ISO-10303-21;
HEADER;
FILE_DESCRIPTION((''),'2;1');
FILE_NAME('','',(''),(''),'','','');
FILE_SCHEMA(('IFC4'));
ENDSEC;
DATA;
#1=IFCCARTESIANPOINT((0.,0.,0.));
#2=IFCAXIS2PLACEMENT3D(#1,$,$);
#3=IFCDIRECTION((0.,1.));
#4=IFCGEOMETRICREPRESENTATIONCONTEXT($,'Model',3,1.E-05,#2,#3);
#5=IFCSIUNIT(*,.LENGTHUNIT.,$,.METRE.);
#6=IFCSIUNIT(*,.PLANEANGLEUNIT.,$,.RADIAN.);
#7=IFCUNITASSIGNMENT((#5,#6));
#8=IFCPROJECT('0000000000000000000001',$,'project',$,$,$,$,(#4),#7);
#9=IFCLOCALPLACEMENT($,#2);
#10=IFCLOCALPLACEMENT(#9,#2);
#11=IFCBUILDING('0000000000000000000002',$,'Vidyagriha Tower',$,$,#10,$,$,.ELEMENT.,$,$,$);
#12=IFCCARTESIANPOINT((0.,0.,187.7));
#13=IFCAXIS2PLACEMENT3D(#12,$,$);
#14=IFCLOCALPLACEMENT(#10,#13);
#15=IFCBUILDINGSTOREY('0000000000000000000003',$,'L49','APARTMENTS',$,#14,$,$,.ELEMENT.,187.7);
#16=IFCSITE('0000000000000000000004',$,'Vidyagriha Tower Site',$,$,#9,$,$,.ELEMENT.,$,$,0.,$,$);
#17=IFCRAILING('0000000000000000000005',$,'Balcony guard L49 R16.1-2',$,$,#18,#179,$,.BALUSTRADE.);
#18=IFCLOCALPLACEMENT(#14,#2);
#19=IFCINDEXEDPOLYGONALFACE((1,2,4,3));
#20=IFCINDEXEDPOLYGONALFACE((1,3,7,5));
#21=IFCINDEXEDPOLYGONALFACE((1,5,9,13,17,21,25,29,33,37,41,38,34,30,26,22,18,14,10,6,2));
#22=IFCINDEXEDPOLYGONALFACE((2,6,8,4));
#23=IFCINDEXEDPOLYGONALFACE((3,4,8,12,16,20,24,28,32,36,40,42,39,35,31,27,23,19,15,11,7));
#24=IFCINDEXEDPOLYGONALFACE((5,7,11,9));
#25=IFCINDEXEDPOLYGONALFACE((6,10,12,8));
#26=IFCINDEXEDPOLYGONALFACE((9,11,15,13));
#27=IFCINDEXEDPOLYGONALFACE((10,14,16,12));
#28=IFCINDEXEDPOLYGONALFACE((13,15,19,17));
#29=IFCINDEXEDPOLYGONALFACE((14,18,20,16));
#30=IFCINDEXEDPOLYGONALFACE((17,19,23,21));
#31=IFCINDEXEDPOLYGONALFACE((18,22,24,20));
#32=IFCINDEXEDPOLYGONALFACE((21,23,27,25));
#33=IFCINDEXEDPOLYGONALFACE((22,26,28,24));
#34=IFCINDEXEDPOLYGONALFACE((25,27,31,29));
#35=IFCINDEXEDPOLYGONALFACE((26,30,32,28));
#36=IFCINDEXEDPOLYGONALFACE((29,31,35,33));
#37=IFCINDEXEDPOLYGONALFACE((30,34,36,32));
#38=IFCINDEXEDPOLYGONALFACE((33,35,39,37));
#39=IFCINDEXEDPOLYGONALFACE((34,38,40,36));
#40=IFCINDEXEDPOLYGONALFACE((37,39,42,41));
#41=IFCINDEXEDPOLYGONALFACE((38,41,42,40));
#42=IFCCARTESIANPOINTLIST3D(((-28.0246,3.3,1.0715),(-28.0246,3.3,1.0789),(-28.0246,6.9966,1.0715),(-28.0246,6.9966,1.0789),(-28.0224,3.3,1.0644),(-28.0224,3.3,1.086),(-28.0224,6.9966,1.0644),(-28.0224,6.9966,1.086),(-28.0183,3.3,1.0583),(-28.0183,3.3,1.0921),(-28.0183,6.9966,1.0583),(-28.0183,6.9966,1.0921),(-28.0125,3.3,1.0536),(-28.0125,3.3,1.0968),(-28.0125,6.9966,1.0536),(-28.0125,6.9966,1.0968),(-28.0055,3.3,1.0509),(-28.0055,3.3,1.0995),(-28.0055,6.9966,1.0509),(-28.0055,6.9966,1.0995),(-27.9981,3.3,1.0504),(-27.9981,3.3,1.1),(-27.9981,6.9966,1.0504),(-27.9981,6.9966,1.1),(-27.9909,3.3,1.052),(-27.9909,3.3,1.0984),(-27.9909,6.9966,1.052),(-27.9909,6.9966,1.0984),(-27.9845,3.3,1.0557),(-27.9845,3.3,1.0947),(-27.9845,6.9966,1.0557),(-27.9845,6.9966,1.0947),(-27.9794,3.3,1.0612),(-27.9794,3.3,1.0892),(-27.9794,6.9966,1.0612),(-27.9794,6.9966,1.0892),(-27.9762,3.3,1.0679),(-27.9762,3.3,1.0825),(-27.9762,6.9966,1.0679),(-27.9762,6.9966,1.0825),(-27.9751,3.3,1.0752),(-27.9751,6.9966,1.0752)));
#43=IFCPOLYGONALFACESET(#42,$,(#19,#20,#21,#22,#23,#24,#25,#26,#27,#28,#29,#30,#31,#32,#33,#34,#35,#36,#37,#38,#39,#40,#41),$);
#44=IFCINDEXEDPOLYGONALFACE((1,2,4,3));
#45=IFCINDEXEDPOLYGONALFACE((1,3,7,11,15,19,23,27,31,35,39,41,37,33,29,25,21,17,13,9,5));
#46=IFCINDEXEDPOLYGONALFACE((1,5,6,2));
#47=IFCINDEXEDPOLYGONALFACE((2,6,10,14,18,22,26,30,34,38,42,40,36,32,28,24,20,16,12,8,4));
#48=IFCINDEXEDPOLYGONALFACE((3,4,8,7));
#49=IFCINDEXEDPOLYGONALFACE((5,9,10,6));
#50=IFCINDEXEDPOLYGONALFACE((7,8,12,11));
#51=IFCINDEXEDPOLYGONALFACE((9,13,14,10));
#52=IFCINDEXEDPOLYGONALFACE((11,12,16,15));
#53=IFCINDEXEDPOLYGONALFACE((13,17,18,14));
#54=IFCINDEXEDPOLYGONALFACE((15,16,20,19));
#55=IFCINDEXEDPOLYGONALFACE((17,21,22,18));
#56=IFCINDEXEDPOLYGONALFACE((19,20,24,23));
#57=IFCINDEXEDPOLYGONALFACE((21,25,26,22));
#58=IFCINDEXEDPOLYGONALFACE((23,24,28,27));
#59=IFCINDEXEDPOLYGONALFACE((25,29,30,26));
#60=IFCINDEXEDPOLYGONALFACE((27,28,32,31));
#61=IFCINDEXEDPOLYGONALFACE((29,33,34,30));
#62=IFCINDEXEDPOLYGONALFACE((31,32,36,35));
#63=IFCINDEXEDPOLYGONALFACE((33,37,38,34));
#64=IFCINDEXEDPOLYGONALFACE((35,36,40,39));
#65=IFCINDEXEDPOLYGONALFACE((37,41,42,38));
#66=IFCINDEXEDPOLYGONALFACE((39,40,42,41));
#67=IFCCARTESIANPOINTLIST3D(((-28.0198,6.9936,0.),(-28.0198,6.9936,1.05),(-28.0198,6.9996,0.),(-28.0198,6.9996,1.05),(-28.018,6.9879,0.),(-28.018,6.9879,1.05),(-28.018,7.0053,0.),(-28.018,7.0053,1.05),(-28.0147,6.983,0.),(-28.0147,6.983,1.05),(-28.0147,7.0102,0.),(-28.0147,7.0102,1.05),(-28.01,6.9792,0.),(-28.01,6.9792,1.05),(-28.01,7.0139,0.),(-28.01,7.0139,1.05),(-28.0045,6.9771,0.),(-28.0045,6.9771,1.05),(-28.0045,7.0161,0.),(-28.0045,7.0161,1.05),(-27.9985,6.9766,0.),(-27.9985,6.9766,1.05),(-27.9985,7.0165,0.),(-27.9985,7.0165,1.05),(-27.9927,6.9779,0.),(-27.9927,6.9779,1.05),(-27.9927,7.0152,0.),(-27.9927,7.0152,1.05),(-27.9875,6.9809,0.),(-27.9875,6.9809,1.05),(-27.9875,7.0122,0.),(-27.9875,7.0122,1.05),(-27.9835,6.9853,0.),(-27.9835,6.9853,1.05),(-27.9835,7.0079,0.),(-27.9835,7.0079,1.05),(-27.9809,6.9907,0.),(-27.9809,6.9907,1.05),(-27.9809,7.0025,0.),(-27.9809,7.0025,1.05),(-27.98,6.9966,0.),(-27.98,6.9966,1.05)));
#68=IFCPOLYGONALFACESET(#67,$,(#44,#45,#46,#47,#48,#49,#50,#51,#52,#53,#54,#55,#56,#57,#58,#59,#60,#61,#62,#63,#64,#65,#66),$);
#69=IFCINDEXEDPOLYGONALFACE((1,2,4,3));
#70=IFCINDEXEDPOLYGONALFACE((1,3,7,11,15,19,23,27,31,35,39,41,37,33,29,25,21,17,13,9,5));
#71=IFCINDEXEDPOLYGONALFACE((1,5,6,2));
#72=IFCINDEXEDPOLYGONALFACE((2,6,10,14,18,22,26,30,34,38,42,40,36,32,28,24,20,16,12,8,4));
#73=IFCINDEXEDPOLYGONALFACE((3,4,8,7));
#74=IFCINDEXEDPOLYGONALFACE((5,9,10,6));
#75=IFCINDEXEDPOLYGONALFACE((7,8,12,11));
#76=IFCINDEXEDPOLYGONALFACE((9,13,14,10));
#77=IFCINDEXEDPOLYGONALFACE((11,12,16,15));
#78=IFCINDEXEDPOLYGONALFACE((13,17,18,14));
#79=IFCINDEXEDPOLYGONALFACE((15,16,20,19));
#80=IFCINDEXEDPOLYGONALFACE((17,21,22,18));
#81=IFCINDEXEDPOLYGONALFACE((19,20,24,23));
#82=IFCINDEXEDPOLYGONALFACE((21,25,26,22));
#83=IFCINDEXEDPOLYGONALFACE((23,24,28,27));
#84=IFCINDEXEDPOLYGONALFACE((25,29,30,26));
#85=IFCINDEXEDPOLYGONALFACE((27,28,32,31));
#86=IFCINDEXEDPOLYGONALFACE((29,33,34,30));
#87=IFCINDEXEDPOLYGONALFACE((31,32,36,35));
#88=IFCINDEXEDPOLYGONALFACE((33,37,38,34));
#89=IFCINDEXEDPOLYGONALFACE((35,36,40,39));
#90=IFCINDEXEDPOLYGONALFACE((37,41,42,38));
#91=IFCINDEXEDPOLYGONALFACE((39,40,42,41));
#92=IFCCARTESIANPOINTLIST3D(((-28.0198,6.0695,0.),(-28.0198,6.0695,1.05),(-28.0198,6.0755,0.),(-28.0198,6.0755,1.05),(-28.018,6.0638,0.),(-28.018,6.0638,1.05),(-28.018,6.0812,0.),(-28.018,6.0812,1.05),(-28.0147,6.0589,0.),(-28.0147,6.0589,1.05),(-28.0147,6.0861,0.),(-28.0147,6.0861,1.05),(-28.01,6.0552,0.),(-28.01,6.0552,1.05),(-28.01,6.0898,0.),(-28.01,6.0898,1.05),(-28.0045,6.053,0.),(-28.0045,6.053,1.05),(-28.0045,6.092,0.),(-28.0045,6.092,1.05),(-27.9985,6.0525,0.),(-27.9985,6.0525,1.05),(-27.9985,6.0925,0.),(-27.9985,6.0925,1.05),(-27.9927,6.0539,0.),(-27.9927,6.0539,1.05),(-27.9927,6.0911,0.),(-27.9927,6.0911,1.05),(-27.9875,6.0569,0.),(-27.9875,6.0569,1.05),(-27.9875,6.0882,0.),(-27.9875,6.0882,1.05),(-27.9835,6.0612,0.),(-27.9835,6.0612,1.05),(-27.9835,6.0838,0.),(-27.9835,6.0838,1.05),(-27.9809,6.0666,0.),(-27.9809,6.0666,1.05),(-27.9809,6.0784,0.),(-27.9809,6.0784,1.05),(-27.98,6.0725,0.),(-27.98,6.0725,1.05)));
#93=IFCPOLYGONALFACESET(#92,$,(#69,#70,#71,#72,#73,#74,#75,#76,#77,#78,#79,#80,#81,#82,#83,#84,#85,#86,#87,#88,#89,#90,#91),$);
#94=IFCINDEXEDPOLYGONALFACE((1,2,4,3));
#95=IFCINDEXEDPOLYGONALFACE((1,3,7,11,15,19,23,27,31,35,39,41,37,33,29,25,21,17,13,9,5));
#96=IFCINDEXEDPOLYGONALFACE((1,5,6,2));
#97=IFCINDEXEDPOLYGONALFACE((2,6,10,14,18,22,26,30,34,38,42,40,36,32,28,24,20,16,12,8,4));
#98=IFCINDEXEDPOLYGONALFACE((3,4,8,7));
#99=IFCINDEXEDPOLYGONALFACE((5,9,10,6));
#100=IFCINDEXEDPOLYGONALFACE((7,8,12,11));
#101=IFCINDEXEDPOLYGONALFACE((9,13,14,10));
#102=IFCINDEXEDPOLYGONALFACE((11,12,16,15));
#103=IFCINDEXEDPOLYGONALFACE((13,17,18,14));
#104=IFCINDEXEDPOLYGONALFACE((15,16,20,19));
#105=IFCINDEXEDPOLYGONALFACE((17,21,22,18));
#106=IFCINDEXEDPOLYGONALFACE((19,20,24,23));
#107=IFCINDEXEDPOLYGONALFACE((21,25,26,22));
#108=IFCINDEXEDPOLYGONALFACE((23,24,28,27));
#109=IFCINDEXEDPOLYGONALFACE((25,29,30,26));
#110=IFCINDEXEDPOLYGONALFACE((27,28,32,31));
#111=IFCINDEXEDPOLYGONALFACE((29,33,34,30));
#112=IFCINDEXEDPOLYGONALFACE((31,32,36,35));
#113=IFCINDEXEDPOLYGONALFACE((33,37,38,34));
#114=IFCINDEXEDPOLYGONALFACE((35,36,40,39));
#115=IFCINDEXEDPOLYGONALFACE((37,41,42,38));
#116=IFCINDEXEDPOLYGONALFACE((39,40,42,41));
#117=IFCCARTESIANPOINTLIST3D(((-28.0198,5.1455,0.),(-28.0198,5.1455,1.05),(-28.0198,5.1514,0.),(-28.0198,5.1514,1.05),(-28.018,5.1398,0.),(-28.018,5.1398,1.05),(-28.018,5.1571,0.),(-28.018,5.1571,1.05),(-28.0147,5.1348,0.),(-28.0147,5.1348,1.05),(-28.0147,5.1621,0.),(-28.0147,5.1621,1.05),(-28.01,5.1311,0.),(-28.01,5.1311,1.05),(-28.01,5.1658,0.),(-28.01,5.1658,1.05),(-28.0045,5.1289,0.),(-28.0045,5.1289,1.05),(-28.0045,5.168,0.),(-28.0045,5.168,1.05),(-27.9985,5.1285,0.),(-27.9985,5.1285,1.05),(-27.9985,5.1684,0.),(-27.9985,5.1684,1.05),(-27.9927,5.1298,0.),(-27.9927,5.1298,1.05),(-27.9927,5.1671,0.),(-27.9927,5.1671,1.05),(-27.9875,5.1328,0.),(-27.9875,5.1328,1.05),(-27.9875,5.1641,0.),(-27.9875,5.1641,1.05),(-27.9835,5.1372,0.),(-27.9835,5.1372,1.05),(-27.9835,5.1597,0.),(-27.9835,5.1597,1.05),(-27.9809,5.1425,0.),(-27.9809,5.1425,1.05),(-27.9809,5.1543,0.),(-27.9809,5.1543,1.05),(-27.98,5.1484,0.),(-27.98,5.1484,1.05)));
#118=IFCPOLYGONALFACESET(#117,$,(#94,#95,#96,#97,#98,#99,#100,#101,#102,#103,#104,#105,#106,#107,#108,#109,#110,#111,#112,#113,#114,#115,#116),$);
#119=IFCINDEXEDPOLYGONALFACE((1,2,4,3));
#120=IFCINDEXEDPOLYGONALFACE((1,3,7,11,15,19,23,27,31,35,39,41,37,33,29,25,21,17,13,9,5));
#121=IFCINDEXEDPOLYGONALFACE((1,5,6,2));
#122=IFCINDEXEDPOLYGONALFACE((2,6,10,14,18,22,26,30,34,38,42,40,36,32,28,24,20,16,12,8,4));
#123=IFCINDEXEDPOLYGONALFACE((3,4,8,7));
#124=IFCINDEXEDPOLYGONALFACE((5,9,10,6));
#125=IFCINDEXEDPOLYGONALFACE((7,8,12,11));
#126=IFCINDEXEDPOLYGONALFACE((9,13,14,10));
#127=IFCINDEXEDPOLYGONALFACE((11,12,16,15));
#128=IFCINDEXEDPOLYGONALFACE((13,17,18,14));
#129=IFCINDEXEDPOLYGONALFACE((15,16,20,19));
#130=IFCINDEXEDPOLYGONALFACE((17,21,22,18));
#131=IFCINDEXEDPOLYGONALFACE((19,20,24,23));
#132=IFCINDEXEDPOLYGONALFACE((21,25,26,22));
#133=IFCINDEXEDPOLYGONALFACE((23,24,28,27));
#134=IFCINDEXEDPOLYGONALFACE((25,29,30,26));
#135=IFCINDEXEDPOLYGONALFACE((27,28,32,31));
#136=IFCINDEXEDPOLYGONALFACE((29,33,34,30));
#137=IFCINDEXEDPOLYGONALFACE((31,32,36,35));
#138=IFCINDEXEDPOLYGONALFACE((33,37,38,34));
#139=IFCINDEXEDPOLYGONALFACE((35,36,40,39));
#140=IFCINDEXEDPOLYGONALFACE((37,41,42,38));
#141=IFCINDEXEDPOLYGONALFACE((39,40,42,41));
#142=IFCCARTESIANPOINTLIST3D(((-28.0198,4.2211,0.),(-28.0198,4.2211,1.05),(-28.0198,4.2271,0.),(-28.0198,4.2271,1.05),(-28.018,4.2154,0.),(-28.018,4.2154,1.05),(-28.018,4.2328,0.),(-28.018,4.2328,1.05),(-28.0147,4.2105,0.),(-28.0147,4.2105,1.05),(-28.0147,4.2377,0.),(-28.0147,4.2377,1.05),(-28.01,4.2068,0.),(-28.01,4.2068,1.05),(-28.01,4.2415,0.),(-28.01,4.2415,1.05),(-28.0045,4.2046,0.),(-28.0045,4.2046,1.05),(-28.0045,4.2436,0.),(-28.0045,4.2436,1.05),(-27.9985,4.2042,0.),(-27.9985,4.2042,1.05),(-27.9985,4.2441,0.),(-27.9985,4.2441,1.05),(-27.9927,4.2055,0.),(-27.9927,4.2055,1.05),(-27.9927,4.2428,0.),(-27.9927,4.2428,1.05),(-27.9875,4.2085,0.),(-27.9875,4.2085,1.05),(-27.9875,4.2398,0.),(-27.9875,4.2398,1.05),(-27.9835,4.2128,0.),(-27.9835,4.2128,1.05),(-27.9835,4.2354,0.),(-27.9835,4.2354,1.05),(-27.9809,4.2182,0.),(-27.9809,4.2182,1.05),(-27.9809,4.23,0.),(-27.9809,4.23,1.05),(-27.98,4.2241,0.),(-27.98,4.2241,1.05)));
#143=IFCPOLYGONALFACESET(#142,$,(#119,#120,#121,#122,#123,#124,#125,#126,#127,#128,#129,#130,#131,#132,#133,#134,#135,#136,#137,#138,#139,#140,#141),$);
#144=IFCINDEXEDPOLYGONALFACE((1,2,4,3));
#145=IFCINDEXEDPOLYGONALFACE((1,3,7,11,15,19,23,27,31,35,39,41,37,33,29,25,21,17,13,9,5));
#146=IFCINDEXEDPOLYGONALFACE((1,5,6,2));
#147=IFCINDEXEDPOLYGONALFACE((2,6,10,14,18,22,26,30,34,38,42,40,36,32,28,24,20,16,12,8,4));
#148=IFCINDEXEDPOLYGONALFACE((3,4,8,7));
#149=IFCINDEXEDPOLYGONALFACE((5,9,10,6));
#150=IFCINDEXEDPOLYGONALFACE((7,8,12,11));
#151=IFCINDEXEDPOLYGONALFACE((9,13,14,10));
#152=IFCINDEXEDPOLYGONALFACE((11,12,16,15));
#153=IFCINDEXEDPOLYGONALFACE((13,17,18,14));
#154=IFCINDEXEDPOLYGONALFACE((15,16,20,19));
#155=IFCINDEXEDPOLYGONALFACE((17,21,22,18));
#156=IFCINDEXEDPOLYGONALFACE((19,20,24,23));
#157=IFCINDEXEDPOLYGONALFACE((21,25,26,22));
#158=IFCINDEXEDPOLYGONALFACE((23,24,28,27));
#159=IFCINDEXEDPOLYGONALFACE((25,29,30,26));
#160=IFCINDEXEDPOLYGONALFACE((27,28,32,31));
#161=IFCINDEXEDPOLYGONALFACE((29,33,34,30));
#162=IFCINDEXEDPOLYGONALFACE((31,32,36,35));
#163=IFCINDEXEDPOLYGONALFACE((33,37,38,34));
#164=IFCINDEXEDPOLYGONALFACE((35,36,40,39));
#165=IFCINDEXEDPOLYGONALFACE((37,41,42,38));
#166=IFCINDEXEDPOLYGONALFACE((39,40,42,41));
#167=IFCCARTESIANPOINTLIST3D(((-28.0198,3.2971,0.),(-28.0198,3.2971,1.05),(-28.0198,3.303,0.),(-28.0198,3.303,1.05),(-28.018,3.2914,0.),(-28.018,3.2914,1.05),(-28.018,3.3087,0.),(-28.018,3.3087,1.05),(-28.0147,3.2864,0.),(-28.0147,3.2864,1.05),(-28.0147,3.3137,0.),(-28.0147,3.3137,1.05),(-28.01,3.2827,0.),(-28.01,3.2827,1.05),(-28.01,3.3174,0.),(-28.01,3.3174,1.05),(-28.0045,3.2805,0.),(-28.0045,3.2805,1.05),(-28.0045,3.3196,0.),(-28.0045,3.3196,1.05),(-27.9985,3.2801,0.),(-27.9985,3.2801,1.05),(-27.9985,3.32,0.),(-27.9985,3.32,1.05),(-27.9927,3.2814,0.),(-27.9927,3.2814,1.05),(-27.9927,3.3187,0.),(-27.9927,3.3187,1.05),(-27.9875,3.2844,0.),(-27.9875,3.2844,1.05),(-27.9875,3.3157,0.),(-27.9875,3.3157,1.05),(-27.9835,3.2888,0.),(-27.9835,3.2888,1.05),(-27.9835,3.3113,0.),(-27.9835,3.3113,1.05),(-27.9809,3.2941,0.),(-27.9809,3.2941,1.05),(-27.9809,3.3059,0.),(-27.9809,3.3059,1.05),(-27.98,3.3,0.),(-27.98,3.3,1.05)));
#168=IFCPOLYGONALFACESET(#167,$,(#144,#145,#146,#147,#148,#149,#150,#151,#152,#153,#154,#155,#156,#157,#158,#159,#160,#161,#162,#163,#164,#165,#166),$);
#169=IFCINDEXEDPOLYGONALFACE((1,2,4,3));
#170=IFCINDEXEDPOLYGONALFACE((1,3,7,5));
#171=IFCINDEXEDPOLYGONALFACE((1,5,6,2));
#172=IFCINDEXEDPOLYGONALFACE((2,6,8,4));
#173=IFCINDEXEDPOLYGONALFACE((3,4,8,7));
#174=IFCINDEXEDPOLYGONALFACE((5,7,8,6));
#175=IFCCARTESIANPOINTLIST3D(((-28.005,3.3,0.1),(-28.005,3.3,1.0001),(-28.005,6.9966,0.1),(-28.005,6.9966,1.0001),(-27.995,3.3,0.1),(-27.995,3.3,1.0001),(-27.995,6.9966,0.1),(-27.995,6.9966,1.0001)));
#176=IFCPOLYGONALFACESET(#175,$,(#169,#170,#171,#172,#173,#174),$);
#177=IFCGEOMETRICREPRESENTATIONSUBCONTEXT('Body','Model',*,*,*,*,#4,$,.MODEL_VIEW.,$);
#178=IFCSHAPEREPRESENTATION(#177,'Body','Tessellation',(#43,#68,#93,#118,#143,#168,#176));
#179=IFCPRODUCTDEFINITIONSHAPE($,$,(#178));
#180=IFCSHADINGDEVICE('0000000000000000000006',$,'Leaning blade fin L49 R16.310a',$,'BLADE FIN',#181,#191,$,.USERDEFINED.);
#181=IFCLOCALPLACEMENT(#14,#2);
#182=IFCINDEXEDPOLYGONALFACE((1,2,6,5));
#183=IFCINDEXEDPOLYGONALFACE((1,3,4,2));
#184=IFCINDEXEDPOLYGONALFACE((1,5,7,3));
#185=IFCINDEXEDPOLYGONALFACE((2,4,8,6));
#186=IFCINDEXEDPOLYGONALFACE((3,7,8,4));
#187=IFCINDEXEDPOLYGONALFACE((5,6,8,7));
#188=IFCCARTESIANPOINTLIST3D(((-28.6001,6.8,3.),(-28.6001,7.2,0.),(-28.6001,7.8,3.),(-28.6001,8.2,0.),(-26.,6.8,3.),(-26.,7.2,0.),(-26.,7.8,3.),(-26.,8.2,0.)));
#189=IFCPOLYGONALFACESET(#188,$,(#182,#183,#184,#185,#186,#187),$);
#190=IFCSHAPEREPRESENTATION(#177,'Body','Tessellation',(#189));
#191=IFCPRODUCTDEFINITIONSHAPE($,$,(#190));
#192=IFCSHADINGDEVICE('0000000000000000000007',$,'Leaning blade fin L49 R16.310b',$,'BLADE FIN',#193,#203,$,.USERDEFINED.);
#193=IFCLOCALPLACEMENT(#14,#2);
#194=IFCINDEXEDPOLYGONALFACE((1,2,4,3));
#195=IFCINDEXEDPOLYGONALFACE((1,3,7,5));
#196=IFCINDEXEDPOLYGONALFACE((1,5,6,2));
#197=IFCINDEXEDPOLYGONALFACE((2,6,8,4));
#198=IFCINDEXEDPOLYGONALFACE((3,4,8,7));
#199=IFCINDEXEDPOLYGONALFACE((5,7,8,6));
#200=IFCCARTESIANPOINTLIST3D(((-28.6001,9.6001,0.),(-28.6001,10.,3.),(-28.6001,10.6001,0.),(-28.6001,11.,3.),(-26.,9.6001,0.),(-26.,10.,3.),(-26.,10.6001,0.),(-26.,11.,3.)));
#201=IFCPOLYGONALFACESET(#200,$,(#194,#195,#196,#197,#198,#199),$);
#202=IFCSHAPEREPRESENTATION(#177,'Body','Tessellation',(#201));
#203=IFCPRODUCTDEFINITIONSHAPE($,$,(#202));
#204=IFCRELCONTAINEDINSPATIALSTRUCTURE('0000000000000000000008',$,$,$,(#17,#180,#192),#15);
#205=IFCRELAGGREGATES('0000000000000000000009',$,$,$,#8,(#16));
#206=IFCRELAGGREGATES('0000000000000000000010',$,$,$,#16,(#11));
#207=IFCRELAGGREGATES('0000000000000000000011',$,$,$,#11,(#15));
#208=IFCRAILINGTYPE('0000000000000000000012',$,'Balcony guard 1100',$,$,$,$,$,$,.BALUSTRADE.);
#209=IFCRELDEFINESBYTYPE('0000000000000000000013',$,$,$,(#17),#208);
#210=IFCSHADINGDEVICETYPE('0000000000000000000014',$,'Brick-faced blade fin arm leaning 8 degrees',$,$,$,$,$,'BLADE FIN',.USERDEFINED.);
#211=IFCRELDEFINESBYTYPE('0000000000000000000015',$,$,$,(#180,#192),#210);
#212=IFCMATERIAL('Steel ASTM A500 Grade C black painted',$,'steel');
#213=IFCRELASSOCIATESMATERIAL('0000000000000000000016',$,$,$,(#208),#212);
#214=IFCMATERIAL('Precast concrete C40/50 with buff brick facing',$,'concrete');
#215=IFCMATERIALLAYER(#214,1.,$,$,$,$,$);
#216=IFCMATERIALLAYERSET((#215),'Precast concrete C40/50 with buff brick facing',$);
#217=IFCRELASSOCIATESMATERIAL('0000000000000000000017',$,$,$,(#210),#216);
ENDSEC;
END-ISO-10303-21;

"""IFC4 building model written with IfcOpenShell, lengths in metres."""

from ifc_helpers import new_model, si_unit, direction, frame, origin, origin_2d, place, context, subcontext, project, spatial, polyline, rectangle, circle, outline, extrude, material, layer, layer_set, type_object, element, save


model = new_model("IFC4")

# Units and contexts
model_context = context("Model", 3, precision=1e-05, world=origin(), true_north=direction((0.0, 1.0)))
body_context = subcontext(model_context, "Body", "Model", "MODEL_VIEW")
ifc_project = project(units=[si_unit("LENGTHUNIT", "METRE"), si_unit("PLANEANGLEUNIT", "RADIAN")], contexts=[model_context])

# Site, building, storey
site_placement = place(None, origin())
site = spatial("IfcSite", under=ifc_project, at=site_placement, Name="Vidyagriha Tower Site", CompositionType="ELEMENT", RefElevation=0.0)
building_placement = place(site_placement, origin())
building = spatial("IfcBuilding", under=site, at=building_placement, Name="Vidyagriha Tower", CompositionType="ELEMENT")
storey_placement = place(building_placement, frame((0.0, 0.0, 187.7)))
storey = spatial("IfcBuildingStorey", under=building, at=storey_placement, Name="L49", Description="APARTMENTS", CompositionType="ELEMENT", Elevation=187.7)

# Railing
ifc_material_1 = material(Name="Steel ASTM A500 Grade C black painted", Category="steel")
railing_type = type_object("IfcRailingType", Name="Balcony guard 1100", PredefinedType="BALUSTRADE", material=ifc_material_1)
railing_1_placement = place(storey_placement, frame((-28.0, 6.9966, 0.0)))
element("IfcRailing", 1, at=railing_1_placement, inside=storey, type_object=railing_type, Name="Balcony guard L49 R16.1-2", PredefinedType="BALUSTRADE", context=body_context, shape_type="SweptSolid", body=[
    extrude(circle(Radius=0.0249, at=origin_2d()), frame((0.0, 0.0, 1.0752), z_axis=(0.0, -1.0, 0.0), x_axis=(1.0, 0.0, 0.0)), (0.0, 0.0, 1.0), 3.6965),
    extrude(circle(Radius=0.02, at=origin_2d()), origin(), (0.0, 0.0, 1.0), 1.05),
    extrude(circle(Radius=0.02, at=origin_2d()), frame((0.0, -0.9241, 0.0)), (0.0, 0.0, 1.0), 1.05),
    extrude(circle(Radius=0.02, at=origin_2d()), frame((0.0, -1.8481, 0.0)), (0.0, 0.0, 1.0), 1.05),
    extrude(circle(Radius=0.02, at=origin_2d()), frame((0.0, -2.7725, 0.0)), (0.0, 0.0, 1.0), 1.05),
    extrude(circle(Radius=0.02, at=origin_2d()), frame((0.0, -3.6965, 0.0)), (0.0, 0.0, 1.0), 1.05),
    extrude(rectangle(XDim=0.01, YDim=0.9001, at=origin_2d()), frame((0.0, 0.0, 0.55), z_axis=(0.0, -1.0, 0.0), x_axis=(1.0, 0.0, 0.0)), (0.0, 0.0, 1.0), 3.6965),
])

# Shading devices
ifc_material_2 = material(Name="Precast concrete C40/50 with buff brick facing", Category="concrete")
ifc_layer_1 = layer(ifc_material_2, 1.0)
ifc_layer_set_1 = layer_set([ifc_layer_1], Name="Precast concrete C40/50 with buff brick facing")
shading_device_type_1 = type_object("IfcShadingDeviceType", Name="Brick-faced blade fin arm leaning 8 degrees", ElementType="BLADE FIN", PredefinedType="USERDEFINED", material=ifc_layer_set_1)
shading_device_1_placement = place(storey_placement, frame((-27.3, 8.2, 0.0), z_axis=(0.0, 0.0, 1.0), x_axis=(0.0, -1.0, 0.0)))
element("IfcShadingDevice", 2, at=shading_device_1_placement, inside=storey, type_object=shading_device_type_1, Name="Leaning blade fin L49 R16.310a", ObjectType="BLADE FIN", PredefinedType="USERDEFINED", context=body_context, shape_type="SweptSolid", body=[
    extrude(outline(polyline([(0.0, 0.0), (1.0, 0.0), (1.3999, 3.0), (0.3999, 3.0), (0.0, 0.0)])), frame((0.0, 1.3, 0.0), z_axis=(0.0, -1.0, 0.0), x_axis=(1.0, 0.0, 0.0)), (0.0, 0.0, 1.0), 2.6001),
])
shading_device_2_placement = place(storey_placement, frame((-27.3, 11.0, 0.0), z_axis=(0.0, 0.0, 1.0), x_axis=(0.0, -1.0, 0.0)))
element("IfcShadingDevice", 3, at=shading_device_2_placement, inside=storey, type_object=shading_device_type_1, Name="Leaning blade fin L49 R16.310b", ObjectType="BLADE FIN", PredefinedType="USERDEFINED", context=body_context, shape_type="SweptSolid", body=[
    extrude(outline(polyline([(0.3999, 0.0), (1.3999, 0.0), (1.0, 3.0), (0.0, 3.0), (0.3999, 0.0)])), frame((0.0, 1.3, 0.0), z_axis=(0.0, -1.0, 0.0), x_axis=(1.0, 0.0, 0.0)), (0.0, 0.0, 1.0), 2.6001),
])

save(model, "model.ifc")
